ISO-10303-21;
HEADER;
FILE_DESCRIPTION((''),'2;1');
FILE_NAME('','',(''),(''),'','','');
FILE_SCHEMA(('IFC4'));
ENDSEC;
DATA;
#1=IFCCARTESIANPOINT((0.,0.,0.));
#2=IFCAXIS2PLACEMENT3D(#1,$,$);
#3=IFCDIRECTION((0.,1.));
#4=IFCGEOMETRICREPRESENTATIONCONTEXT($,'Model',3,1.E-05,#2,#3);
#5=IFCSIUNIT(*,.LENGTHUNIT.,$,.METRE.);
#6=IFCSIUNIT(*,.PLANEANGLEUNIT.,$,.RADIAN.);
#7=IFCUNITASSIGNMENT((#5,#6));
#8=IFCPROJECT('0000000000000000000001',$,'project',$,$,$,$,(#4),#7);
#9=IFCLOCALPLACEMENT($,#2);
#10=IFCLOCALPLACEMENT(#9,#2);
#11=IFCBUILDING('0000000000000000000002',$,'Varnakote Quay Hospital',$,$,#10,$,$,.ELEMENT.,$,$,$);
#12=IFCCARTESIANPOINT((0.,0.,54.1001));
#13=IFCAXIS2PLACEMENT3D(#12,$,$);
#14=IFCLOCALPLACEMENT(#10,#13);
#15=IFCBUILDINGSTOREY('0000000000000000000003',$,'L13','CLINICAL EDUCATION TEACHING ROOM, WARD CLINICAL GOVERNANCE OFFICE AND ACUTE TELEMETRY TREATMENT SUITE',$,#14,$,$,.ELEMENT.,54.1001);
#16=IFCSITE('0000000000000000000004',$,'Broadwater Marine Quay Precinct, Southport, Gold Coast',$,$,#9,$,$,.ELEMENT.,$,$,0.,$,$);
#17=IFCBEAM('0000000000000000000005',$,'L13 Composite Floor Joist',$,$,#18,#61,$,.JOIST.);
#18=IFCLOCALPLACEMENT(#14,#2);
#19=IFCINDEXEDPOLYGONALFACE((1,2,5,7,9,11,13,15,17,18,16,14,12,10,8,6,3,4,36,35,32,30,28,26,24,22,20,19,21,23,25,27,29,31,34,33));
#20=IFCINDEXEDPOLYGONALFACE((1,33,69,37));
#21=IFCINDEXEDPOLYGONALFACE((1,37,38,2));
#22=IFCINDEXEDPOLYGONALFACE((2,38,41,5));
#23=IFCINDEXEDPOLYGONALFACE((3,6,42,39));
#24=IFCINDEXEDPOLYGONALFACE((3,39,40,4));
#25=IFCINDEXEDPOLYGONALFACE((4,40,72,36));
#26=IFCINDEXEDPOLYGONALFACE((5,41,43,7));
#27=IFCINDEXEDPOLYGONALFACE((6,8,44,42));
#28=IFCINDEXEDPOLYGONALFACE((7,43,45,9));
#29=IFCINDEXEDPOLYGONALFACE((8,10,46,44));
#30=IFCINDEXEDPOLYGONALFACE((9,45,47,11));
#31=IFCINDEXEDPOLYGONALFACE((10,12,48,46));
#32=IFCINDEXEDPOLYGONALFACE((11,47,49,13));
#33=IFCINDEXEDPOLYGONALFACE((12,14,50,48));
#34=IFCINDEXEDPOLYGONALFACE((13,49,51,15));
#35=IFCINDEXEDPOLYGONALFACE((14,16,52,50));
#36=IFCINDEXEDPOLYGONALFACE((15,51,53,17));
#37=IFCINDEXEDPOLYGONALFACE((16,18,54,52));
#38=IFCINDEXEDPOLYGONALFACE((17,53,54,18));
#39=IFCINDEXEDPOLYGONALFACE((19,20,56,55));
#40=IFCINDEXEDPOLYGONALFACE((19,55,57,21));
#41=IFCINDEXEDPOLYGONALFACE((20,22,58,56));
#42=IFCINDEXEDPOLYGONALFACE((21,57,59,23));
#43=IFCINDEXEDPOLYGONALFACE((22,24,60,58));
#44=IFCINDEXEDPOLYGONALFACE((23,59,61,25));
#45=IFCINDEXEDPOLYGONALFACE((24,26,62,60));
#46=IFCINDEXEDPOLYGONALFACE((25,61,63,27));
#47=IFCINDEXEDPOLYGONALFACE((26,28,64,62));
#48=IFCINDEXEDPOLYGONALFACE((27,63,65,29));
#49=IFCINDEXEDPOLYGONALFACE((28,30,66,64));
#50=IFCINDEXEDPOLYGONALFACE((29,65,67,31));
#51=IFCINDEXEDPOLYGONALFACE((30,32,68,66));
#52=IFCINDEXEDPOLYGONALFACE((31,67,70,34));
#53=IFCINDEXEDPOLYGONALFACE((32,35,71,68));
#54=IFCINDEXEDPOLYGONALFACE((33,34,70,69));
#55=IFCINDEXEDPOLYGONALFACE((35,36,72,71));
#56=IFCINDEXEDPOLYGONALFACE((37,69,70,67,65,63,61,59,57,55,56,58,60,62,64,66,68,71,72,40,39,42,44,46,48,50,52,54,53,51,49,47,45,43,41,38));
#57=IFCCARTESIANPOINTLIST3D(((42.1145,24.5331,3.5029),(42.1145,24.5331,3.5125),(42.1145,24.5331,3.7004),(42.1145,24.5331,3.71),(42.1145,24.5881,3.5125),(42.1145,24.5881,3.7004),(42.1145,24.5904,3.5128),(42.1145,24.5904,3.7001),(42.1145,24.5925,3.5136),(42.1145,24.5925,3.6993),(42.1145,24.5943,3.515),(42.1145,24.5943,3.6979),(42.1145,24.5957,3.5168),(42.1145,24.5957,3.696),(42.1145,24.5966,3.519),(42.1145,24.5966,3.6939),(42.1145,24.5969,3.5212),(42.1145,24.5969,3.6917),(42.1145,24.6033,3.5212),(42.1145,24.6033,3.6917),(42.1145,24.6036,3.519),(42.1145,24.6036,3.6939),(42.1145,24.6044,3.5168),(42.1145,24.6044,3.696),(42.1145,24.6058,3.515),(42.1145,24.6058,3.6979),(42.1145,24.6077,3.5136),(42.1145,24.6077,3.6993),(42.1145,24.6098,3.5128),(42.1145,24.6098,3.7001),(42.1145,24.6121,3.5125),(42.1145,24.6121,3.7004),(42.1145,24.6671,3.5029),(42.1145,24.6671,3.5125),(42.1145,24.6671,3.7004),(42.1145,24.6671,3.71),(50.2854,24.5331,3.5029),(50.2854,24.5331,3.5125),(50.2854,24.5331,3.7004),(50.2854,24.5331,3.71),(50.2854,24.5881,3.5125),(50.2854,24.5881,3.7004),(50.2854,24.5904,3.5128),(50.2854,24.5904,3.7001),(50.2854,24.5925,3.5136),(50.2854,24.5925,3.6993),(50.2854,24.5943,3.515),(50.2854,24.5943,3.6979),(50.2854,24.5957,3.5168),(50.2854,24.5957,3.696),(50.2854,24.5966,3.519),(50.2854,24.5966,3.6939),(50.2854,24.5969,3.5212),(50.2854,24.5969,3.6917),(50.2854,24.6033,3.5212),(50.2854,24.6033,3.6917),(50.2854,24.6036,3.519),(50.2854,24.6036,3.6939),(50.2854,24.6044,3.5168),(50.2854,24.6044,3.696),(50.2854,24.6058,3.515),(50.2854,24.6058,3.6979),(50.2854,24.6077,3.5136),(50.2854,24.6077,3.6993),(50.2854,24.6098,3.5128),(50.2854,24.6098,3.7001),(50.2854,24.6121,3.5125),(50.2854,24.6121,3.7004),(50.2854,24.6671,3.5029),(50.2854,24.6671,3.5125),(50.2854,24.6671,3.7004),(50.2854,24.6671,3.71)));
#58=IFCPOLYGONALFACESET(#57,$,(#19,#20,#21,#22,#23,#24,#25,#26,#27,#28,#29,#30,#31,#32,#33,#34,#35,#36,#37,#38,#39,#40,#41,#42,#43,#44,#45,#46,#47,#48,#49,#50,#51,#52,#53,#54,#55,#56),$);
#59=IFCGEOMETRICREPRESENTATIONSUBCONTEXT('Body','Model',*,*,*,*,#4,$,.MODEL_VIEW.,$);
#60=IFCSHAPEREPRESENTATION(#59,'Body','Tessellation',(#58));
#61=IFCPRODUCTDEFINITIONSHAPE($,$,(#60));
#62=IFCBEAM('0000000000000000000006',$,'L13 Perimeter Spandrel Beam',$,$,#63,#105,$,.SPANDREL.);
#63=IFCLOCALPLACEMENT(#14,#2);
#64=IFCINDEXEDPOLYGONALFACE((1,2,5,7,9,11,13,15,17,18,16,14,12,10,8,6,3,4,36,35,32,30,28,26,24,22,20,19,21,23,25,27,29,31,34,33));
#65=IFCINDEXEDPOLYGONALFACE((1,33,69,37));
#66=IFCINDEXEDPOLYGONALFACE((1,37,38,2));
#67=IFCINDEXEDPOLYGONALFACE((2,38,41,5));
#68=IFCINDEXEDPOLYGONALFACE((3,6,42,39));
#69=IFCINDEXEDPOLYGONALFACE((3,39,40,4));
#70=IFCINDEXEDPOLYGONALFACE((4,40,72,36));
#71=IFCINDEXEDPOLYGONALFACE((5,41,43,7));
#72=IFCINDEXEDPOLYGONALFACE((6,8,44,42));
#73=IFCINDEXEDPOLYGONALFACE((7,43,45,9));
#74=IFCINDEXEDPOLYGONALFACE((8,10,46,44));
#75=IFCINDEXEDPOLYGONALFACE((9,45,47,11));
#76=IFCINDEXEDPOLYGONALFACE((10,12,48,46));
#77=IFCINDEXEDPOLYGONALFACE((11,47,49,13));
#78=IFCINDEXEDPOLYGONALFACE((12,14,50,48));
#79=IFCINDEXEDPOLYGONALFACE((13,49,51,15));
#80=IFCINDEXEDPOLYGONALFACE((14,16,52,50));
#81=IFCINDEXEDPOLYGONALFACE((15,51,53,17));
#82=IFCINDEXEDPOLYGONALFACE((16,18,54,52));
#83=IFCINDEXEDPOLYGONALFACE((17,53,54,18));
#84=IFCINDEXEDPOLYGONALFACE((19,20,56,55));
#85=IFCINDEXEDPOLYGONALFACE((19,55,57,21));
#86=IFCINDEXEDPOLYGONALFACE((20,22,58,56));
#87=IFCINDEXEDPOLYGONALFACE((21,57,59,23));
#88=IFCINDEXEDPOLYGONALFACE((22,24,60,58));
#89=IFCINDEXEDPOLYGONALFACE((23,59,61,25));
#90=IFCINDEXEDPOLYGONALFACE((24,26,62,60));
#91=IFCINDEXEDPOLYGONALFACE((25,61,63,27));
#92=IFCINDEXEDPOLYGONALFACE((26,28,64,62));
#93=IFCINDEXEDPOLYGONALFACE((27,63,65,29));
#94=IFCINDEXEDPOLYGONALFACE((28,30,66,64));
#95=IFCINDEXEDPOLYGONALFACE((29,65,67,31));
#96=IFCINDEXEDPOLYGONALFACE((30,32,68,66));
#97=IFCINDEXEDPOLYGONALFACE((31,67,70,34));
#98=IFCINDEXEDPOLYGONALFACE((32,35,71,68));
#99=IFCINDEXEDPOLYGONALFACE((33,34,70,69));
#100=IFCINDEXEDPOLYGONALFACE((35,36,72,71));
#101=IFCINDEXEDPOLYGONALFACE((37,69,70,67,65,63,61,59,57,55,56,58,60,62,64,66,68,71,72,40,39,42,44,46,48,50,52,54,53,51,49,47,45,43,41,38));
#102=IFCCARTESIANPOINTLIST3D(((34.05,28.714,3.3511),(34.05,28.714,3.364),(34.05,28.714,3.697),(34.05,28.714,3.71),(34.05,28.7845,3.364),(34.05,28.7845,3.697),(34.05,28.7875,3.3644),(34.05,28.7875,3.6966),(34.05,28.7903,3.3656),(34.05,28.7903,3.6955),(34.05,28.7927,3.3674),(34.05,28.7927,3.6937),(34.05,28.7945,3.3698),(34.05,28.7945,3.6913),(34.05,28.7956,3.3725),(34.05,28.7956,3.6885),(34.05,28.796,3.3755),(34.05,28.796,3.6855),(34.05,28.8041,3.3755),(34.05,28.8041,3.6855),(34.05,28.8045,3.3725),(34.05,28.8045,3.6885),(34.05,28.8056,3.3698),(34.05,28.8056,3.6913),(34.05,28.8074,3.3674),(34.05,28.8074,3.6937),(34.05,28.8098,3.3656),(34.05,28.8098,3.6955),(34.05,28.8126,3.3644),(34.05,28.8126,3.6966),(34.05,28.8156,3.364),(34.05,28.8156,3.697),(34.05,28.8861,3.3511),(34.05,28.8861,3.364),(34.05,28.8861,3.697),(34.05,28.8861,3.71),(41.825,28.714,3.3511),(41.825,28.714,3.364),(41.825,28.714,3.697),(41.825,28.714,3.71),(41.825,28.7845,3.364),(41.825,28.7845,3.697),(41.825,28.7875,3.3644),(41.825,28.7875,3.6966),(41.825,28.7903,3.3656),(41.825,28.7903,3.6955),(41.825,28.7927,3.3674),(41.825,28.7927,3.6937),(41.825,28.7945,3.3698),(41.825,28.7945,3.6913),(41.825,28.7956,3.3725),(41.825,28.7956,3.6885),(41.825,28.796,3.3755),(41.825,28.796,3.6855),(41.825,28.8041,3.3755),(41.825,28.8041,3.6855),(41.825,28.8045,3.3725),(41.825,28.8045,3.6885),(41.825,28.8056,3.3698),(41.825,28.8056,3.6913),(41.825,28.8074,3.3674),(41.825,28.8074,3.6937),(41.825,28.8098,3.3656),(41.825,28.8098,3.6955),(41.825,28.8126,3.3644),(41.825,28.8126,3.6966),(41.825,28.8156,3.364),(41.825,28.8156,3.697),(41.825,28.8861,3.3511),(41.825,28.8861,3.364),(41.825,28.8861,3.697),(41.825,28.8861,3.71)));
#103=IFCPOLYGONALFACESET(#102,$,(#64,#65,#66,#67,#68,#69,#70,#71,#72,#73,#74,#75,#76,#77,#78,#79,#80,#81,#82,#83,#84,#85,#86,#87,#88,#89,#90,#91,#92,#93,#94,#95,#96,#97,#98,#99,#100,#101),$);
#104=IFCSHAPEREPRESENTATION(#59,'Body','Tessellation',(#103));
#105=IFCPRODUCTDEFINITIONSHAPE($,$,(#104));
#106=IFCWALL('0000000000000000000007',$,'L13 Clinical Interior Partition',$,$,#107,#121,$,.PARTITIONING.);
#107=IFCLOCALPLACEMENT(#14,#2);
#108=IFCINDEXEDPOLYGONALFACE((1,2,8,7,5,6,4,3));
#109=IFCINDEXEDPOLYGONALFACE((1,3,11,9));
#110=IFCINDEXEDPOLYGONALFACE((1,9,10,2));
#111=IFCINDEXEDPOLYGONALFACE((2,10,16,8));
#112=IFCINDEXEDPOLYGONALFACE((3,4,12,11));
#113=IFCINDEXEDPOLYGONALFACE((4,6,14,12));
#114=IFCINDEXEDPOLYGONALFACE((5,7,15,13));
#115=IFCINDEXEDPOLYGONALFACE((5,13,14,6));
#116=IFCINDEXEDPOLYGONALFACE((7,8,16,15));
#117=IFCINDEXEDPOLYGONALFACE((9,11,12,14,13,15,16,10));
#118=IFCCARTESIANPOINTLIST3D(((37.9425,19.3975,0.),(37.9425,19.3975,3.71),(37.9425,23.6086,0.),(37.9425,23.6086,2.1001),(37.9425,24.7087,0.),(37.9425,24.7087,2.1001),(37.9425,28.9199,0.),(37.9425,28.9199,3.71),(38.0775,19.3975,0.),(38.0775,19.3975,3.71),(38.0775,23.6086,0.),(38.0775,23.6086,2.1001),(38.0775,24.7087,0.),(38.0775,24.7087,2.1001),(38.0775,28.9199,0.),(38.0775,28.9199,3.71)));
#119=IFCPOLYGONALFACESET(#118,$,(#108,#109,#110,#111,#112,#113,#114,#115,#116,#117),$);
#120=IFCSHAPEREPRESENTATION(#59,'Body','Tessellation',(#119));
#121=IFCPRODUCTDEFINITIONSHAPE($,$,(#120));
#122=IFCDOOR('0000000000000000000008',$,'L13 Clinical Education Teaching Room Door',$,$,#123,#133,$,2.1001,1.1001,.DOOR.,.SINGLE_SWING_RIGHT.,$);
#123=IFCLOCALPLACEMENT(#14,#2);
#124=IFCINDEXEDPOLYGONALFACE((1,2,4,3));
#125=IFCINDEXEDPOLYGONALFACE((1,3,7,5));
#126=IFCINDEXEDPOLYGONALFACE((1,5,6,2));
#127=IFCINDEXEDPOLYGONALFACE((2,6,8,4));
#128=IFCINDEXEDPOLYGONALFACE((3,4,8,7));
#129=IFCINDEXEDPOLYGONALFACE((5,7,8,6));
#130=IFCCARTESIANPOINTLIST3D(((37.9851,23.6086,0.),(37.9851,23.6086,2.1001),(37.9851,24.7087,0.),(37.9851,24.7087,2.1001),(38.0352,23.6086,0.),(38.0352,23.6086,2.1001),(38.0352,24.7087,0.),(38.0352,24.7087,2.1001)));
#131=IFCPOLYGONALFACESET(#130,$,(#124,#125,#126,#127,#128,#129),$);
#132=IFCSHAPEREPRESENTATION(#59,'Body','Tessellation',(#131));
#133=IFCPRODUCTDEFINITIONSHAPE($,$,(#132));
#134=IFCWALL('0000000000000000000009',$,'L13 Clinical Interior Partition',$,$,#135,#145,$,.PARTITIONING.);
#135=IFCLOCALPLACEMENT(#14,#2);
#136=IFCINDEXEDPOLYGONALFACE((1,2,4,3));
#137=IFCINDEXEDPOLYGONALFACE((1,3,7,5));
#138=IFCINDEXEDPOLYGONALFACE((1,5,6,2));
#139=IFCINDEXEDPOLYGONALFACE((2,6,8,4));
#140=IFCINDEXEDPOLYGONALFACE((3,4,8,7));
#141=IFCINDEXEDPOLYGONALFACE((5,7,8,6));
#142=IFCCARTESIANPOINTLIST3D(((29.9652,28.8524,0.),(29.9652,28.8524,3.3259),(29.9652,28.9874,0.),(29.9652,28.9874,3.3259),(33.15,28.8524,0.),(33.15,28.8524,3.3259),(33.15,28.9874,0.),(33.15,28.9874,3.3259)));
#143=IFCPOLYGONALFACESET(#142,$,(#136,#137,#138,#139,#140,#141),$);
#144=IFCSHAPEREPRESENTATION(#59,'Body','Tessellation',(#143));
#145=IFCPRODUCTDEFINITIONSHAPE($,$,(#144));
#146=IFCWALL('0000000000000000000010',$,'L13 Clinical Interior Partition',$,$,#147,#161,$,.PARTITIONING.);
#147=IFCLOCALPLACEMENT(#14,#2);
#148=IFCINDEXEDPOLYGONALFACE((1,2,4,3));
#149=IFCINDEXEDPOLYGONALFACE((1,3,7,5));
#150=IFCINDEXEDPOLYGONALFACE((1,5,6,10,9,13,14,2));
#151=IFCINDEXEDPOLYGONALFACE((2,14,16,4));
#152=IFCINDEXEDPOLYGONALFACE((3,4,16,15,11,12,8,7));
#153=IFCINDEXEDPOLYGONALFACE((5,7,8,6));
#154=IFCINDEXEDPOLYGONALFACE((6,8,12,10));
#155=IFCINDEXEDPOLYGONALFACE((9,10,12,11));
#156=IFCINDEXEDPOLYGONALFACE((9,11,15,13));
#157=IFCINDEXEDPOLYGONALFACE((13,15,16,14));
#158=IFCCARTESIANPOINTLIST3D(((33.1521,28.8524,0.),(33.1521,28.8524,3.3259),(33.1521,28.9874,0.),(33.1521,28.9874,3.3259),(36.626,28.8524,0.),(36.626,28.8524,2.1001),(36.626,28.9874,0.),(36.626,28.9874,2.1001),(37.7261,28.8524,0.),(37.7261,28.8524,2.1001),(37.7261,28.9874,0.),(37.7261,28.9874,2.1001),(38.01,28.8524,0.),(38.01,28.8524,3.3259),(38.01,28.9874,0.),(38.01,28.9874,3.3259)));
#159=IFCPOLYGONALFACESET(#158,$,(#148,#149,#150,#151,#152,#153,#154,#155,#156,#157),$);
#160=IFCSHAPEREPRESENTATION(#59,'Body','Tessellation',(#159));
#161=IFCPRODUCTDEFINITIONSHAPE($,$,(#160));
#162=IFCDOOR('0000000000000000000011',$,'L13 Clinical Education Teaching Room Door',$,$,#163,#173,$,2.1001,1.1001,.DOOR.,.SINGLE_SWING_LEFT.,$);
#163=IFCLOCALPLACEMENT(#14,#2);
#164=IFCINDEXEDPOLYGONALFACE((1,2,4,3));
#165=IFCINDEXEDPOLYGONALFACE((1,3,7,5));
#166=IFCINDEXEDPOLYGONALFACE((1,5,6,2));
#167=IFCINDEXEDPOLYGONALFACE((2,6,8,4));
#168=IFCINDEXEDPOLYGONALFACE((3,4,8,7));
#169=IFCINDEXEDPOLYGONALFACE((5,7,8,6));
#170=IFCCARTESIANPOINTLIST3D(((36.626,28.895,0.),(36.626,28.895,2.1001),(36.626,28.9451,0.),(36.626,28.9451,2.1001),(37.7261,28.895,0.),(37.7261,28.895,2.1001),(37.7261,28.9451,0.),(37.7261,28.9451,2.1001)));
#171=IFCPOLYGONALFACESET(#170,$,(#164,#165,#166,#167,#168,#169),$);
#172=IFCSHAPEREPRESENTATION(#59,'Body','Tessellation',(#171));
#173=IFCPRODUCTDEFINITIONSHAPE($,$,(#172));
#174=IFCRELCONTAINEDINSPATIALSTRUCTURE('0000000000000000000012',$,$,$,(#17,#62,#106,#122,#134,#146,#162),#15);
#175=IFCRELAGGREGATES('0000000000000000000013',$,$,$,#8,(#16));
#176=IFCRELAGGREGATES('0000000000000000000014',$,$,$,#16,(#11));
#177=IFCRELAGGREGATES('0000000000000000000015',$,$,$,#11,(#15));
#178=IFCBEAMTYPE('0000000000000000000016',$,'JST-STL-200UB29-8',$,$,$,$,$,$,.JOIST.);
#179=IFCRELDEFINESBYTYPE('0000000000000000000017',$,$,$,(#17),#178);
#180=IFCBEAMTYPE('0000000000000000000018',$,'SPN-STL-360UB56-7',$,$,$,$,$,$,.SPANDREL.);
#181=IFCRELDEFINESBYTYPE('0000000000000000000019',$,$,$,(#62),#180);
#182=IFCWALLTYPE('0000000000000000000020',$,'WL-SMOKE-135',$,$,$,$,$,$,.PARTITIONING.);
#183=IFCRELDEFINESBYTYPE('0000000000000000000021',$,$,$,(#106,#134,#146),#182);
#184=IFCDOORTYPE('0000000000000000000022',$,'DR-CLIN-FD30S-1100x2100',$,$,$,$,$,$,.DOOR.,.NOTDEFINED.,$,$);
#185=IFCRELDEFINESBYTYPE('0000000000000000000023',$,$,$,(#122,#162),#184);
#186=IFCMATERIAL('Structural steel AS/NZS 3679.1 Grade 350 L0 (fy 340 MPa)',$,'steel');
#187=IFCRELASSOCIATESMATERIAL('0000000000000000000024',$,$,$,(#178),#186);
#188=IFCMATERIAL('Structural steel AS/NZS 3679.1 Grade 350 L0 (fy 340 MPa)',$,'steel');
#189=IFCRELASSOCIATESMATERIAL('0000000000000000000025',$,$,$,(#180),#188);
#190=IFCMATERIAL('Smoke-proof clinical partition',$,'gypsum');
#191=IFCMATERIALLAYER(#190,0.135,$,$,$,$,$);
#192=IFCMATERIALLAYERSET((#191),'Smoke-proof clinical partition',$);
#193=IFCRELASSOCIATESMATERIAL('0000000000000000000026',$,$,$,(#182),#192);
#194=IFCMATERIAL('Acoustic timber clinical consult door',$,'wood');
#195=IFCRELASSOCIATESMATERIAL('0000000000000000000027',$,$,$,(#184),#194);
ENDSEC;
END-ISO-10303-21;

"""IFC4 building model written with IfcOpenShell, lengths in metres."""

from ifc_helpers import new_model, si_unit, direction, frame, frame_2d, origin, origin_2d, place, context, subcontext, project, spatial, rectangle, i_section, extrude, material, layer, layer_set, material_profile, profile_set, type_object, element, fill, save


model = new_model("IFC4")

# Units and contexts
model_context = context("Model", 3, precision=1e-05, world=origin(), true_north=direction((0.0, 1.0)))
body_context = subcontext(model_context, "Body", "Model", "MODEL_VIEW")
ifc_project = project(units=[si_unit("LENGTHUNIT", "METRE"), si_unit("PLANEANGLEUNIT", "RADIAN")], contexts=[model_context])

# Site, building, storey
site_placement = place(None, origin())
site = spatial("IfcSite", under=ifc_project, at=site_placement, Name="Broadwater Marine Quay Precinct, Southport, Gold Coast", CompositionType="ELEMENT", RefElevation=0.0)
building_placement = place(site_placement, origin())
building = spatial("IfcBuilding", under=site, at=building_placement, Name="Varnakote Quay Hospital", CompositionType="ELEMENT")
storey_placement = place(building_placement, frame((0.0, 0.0, 54.1001)))
storey = spatial("IfcBuildingStorey", under=building, at=storey_placement, Name="L13", Description="CLINICAL EDUCATION TEACHING ROOM, WARD CLINICAL GOVERNANCE OFFICE AND ACUTE TELEMETRY TREATMENT SUITE", CompositionType="ELEMENT", Elevation=54.1001)

# Beams
ifc_material_1 = material(Name="Structural steel AS/NZS 3679.1 Grade 350 L0 (fy 340 MPa)", Category="steel")
ifc_material_profile_1 = material_profile(ifc_material_1, i_section(OverallWidth=0.134, OverallDepth=0.207, WebThickness=0.0063, FlangeThickness=0.0095, FilletRadius=0.0088, at=origin_2d()), Name="200UB29.8")
ifc_profile_set_1 = profile_set([ifc_material_profile_1], Name="Structural steel AS/NZS 3679.1 Grade 350 L0 (fy 340 MPa)")
beam_type_1 = type_object("IfcBeamType", Name="JST-STL-200UB29-8", PredefinedType="JOIST", material=ifc_profile_set_1)
for number, where, z_axis, x_axis, name in (
    (1, (42.1145, 24.6001, 3.6064), (1.0, 0.0, 0.0), (0.0, 1.0, 0.0), "L13 Composite Floor Joist"),
):
    element("IfcBeam", number, at=place(storey_placement, frame(where, z_axis=z_axis, x_axis=x_axis)), inside=storey, type_object=beam_type_1, Name=name, PredefinedType="JOIST", context=body_context, shape_type="SweptSolid", body=[
        extrude(i_section(OverallWidth=0.134, OverallDepth=0.207, WebThickness=0.0063, FlangeThickness=0.0095, FilletRadius=0.0088, at=origin_2d()), origin(), (0.0, 0.0, 1.0), 8.1709),
    ])
ifc_material_2 = material(Name="Structural steel AS/NZS 3679.1 Grade 350 L0 (fy 340 MPa)", Category="steel")
ifc_material_profile_2 = material_profile(ifc_material_2, i_section(OverallWidth=0.1721, OverallDepth=0.3589, WebThickness=0.0081, FlangeThickness=0.0129, FilletRadius=0.0115, at=origin_2d()), Name="360UB56.7")
ifc_profile_set_2 = profile_set([ifc_material_profile_2], Name="Structural steel AS/NZS 3679.1 Grade 350 L0 (fy 340 MPa)")
beam_type_2 = type_object("IfcBeamType", Name="SPN-STL-360UB56-7", PredefinedType="SPANDREL", material=ifc_profile_set_2)
beam_1_placement = place(storey_placement, frame((34.05, 28.8, 3.5305), z_axis=(1.0, 0.0, 0.0), x_axis=(0.0, 1.0, 0.0)))
element("IfcBeam", 2, at=beam_1_placement, inside=storey, type_object=beam_type_2, Name="L13 Perimeter Spandrel Beam", PredefinedType="SPANDREL", context=body_context, shape_type="SweptSolid", body=[
    extrude(i_section(OverallWidth=0.1721, OverallDepth=0.3589, WebThickness=0.0081, FlangeThickness=0.0129, FilletRadius=0.0115, at=origin_2d()), origin(), (0.0, 0.0, 1.0), 7.7749),
])

# Wall, opening, door
ifc_material_3 = material(Name="Smoke-proof clinical partition", Category="gypsum")
ifc_layer_1 = layer(ifc_material_3, 0.135)
ifc_layer_set_1 = layer_set([ifc_layer_1], Name="Smoke-proof clinical partition")
wall_type_1 = type_object("IfcWallType", Name="WL-SMOKE-135", PredefinedType="PARTITIONING", material=ifc_layer_set_1)
wall_1_placement = place(storey_placement, frame((38.01, 19.3975, 0.0), z_axis=(0.0, 0.0, 1.0), x_axis=(0.0, 1.0, 0.0)))
wall_1 = element("IfcWall", 3, at=wall_1_placement, inside=storey, type_object=wall_type_1, Name="L13 Clinical Interior Partition", PredefinedType="PARTITIONING", context=body_context, shape_type="SweptSolid", body=[
    extrude(rectangle(XDim=9.5225, YDim=0.135, at=frame_2d((4.7612, 0.0))), origin(), (0.0, 0.0, 1.0), 3.71),
])
opening_1_placement = place(wall_1_placement, frame((4.2112, 0.0, 0.0)))
opening_1 = element("IfcOpeningElement", 4, at=opening_1_placement, cuts=wall_1, PredefinedType="OPENING", context=body_context, shape_type="SweptSolid", body=[
    extrude(rectangle(XDim=1.1001, YDim=2.1001, at=frame_2d((0.55, 1.05))), frame((0.0, 0.0774, 0.0), z_axis=(0.0, -1.0, 0.0), x_axis=(1.0, 0.0, 0.0)), (0.0, 0.0, 1.0), 0.155),
])
ifc_material_4 = material(Name="Acoustic timber clinical consult door", Category="wood")
door_type = type_object("IfcDoorType", Name="DR-CLIN-FD30S-1100x2100", OperationType="NOTDEFINED", PredefinedType="DOOR", material=ifc_material_4)
door_1_placement = place(opening_1_placement, origin())
door_1 = element("IfcDoor", 5, at=door_1_placement, inside=storey, type_object=door_type, Name="L13 Clinical Education Teaching Room Door", OperationType="SINGLE_SWING_RIGHT", OverallHeight=2.1001, OverallWidth=1.1001, PredefinedType="DOOR", context=body_context, shape_type="SweptSolid", body=[
    extrude(rectangle(XDim=1.1001, YDim=2.1001, at=frame_2d((0.55, 1.05))), frame((0.0, 0.0249, 0.0), z_axis=(0.0, -1.0, 0.0), x_axis=(1.0, 0.0, 0.0)), (0.0, 0.0, 1.0), 0.05),
])
fill(opening_1, door_1)

# Wall
wall_2_placement = place(storey_placement, frame((33.1499, 28.9199, 0.0), z_axis=(0.0, 0.0, 1.0), x_axis=(-1.0, 0.0, 0.0)))
element("IfcWall", 6, at=wall_2_placement, inside=storey, type_object=wall_type_1, Name="L13 Clinical Interior Partition", PredefinedType="PARTITIONING", context=body_context, shape_type="SweptSolid", body=[
    extrude(rectangle(XDim=3.1848, YDim=0.135, at=frame_2d((1.5923, 0.0))), origin(), (0.0, 0.0, 1.0), 3.3259),
])

# Wall, opening, door
wall_3_placement = place(storey_placement, frame((38.01, 28.9199, 0.0), z_axis=(0.0, 0.0, 1.0), x_axis=(-1.0, 0.0, 0.0)))
wall_3 = element("IfcWall", 7, at=wall_3_placement, inside=storey, type_object=wall_type_1, Name="L13 Clinical Interior Partition", PredefinedType="PARTITIONING", context=body_context, shape_type="SweptSolid", body=[
    extrude(rectangle(XDim=4.8579, YDim=0.135, at=frame_2d((2.429, 0.0))), origin(), (0.0, 0.0, 1.0), 3.3259),
])
opening_2_placement = place(wall_3_placement, frame((0.2839, 0.0, 0.0)))
opening_2 = element("IfcOpeningElement", 8, at=opening_2_placement, cuts=wall_3, PredefinedType="OPENING", context=body_context, shape_type="SweptSolid", body=[
    extrude(rectangle(XDim=1.1001, YDim=2.1001, at=frame_2d((0.55, 1.05))), frame((0.0, 0.0774, 0.0), z_axis=(0.0, -1.0, 0.0), x_axis=(1.0, 0.0, 0.0)), (0.0, 0.0, 1.0), 0.155),
])
door_2_placement = place(opening_2_placement, origin())
door_2 = element("IfcDoor", 9, at=door_2_placement, inside=storey, type_object=door_type, Name="L13 Clinical Education Teaching Room Door", OperationType="SINGLE_SWING_LEFT", OverallHeight=2.1001, OverallWidth=1.1001, PredefinedType="DOOR", context=body_context, shape_type="SweptSolid", body=[
    extrude(rectangle(XDim=1.1001, YDim=2.1001, at=frame_2d((0.55, 1.05))), frame((0.0, 0.0249, 0.0), z_axis=(0.0, -1.0, 0.0), x_axis=(1.0, 0.0, 0.0)), (0.0, 0.0, 1.0), 0.05),
])
fill(opening_2, door_2)

save(model, "model.ifc")
